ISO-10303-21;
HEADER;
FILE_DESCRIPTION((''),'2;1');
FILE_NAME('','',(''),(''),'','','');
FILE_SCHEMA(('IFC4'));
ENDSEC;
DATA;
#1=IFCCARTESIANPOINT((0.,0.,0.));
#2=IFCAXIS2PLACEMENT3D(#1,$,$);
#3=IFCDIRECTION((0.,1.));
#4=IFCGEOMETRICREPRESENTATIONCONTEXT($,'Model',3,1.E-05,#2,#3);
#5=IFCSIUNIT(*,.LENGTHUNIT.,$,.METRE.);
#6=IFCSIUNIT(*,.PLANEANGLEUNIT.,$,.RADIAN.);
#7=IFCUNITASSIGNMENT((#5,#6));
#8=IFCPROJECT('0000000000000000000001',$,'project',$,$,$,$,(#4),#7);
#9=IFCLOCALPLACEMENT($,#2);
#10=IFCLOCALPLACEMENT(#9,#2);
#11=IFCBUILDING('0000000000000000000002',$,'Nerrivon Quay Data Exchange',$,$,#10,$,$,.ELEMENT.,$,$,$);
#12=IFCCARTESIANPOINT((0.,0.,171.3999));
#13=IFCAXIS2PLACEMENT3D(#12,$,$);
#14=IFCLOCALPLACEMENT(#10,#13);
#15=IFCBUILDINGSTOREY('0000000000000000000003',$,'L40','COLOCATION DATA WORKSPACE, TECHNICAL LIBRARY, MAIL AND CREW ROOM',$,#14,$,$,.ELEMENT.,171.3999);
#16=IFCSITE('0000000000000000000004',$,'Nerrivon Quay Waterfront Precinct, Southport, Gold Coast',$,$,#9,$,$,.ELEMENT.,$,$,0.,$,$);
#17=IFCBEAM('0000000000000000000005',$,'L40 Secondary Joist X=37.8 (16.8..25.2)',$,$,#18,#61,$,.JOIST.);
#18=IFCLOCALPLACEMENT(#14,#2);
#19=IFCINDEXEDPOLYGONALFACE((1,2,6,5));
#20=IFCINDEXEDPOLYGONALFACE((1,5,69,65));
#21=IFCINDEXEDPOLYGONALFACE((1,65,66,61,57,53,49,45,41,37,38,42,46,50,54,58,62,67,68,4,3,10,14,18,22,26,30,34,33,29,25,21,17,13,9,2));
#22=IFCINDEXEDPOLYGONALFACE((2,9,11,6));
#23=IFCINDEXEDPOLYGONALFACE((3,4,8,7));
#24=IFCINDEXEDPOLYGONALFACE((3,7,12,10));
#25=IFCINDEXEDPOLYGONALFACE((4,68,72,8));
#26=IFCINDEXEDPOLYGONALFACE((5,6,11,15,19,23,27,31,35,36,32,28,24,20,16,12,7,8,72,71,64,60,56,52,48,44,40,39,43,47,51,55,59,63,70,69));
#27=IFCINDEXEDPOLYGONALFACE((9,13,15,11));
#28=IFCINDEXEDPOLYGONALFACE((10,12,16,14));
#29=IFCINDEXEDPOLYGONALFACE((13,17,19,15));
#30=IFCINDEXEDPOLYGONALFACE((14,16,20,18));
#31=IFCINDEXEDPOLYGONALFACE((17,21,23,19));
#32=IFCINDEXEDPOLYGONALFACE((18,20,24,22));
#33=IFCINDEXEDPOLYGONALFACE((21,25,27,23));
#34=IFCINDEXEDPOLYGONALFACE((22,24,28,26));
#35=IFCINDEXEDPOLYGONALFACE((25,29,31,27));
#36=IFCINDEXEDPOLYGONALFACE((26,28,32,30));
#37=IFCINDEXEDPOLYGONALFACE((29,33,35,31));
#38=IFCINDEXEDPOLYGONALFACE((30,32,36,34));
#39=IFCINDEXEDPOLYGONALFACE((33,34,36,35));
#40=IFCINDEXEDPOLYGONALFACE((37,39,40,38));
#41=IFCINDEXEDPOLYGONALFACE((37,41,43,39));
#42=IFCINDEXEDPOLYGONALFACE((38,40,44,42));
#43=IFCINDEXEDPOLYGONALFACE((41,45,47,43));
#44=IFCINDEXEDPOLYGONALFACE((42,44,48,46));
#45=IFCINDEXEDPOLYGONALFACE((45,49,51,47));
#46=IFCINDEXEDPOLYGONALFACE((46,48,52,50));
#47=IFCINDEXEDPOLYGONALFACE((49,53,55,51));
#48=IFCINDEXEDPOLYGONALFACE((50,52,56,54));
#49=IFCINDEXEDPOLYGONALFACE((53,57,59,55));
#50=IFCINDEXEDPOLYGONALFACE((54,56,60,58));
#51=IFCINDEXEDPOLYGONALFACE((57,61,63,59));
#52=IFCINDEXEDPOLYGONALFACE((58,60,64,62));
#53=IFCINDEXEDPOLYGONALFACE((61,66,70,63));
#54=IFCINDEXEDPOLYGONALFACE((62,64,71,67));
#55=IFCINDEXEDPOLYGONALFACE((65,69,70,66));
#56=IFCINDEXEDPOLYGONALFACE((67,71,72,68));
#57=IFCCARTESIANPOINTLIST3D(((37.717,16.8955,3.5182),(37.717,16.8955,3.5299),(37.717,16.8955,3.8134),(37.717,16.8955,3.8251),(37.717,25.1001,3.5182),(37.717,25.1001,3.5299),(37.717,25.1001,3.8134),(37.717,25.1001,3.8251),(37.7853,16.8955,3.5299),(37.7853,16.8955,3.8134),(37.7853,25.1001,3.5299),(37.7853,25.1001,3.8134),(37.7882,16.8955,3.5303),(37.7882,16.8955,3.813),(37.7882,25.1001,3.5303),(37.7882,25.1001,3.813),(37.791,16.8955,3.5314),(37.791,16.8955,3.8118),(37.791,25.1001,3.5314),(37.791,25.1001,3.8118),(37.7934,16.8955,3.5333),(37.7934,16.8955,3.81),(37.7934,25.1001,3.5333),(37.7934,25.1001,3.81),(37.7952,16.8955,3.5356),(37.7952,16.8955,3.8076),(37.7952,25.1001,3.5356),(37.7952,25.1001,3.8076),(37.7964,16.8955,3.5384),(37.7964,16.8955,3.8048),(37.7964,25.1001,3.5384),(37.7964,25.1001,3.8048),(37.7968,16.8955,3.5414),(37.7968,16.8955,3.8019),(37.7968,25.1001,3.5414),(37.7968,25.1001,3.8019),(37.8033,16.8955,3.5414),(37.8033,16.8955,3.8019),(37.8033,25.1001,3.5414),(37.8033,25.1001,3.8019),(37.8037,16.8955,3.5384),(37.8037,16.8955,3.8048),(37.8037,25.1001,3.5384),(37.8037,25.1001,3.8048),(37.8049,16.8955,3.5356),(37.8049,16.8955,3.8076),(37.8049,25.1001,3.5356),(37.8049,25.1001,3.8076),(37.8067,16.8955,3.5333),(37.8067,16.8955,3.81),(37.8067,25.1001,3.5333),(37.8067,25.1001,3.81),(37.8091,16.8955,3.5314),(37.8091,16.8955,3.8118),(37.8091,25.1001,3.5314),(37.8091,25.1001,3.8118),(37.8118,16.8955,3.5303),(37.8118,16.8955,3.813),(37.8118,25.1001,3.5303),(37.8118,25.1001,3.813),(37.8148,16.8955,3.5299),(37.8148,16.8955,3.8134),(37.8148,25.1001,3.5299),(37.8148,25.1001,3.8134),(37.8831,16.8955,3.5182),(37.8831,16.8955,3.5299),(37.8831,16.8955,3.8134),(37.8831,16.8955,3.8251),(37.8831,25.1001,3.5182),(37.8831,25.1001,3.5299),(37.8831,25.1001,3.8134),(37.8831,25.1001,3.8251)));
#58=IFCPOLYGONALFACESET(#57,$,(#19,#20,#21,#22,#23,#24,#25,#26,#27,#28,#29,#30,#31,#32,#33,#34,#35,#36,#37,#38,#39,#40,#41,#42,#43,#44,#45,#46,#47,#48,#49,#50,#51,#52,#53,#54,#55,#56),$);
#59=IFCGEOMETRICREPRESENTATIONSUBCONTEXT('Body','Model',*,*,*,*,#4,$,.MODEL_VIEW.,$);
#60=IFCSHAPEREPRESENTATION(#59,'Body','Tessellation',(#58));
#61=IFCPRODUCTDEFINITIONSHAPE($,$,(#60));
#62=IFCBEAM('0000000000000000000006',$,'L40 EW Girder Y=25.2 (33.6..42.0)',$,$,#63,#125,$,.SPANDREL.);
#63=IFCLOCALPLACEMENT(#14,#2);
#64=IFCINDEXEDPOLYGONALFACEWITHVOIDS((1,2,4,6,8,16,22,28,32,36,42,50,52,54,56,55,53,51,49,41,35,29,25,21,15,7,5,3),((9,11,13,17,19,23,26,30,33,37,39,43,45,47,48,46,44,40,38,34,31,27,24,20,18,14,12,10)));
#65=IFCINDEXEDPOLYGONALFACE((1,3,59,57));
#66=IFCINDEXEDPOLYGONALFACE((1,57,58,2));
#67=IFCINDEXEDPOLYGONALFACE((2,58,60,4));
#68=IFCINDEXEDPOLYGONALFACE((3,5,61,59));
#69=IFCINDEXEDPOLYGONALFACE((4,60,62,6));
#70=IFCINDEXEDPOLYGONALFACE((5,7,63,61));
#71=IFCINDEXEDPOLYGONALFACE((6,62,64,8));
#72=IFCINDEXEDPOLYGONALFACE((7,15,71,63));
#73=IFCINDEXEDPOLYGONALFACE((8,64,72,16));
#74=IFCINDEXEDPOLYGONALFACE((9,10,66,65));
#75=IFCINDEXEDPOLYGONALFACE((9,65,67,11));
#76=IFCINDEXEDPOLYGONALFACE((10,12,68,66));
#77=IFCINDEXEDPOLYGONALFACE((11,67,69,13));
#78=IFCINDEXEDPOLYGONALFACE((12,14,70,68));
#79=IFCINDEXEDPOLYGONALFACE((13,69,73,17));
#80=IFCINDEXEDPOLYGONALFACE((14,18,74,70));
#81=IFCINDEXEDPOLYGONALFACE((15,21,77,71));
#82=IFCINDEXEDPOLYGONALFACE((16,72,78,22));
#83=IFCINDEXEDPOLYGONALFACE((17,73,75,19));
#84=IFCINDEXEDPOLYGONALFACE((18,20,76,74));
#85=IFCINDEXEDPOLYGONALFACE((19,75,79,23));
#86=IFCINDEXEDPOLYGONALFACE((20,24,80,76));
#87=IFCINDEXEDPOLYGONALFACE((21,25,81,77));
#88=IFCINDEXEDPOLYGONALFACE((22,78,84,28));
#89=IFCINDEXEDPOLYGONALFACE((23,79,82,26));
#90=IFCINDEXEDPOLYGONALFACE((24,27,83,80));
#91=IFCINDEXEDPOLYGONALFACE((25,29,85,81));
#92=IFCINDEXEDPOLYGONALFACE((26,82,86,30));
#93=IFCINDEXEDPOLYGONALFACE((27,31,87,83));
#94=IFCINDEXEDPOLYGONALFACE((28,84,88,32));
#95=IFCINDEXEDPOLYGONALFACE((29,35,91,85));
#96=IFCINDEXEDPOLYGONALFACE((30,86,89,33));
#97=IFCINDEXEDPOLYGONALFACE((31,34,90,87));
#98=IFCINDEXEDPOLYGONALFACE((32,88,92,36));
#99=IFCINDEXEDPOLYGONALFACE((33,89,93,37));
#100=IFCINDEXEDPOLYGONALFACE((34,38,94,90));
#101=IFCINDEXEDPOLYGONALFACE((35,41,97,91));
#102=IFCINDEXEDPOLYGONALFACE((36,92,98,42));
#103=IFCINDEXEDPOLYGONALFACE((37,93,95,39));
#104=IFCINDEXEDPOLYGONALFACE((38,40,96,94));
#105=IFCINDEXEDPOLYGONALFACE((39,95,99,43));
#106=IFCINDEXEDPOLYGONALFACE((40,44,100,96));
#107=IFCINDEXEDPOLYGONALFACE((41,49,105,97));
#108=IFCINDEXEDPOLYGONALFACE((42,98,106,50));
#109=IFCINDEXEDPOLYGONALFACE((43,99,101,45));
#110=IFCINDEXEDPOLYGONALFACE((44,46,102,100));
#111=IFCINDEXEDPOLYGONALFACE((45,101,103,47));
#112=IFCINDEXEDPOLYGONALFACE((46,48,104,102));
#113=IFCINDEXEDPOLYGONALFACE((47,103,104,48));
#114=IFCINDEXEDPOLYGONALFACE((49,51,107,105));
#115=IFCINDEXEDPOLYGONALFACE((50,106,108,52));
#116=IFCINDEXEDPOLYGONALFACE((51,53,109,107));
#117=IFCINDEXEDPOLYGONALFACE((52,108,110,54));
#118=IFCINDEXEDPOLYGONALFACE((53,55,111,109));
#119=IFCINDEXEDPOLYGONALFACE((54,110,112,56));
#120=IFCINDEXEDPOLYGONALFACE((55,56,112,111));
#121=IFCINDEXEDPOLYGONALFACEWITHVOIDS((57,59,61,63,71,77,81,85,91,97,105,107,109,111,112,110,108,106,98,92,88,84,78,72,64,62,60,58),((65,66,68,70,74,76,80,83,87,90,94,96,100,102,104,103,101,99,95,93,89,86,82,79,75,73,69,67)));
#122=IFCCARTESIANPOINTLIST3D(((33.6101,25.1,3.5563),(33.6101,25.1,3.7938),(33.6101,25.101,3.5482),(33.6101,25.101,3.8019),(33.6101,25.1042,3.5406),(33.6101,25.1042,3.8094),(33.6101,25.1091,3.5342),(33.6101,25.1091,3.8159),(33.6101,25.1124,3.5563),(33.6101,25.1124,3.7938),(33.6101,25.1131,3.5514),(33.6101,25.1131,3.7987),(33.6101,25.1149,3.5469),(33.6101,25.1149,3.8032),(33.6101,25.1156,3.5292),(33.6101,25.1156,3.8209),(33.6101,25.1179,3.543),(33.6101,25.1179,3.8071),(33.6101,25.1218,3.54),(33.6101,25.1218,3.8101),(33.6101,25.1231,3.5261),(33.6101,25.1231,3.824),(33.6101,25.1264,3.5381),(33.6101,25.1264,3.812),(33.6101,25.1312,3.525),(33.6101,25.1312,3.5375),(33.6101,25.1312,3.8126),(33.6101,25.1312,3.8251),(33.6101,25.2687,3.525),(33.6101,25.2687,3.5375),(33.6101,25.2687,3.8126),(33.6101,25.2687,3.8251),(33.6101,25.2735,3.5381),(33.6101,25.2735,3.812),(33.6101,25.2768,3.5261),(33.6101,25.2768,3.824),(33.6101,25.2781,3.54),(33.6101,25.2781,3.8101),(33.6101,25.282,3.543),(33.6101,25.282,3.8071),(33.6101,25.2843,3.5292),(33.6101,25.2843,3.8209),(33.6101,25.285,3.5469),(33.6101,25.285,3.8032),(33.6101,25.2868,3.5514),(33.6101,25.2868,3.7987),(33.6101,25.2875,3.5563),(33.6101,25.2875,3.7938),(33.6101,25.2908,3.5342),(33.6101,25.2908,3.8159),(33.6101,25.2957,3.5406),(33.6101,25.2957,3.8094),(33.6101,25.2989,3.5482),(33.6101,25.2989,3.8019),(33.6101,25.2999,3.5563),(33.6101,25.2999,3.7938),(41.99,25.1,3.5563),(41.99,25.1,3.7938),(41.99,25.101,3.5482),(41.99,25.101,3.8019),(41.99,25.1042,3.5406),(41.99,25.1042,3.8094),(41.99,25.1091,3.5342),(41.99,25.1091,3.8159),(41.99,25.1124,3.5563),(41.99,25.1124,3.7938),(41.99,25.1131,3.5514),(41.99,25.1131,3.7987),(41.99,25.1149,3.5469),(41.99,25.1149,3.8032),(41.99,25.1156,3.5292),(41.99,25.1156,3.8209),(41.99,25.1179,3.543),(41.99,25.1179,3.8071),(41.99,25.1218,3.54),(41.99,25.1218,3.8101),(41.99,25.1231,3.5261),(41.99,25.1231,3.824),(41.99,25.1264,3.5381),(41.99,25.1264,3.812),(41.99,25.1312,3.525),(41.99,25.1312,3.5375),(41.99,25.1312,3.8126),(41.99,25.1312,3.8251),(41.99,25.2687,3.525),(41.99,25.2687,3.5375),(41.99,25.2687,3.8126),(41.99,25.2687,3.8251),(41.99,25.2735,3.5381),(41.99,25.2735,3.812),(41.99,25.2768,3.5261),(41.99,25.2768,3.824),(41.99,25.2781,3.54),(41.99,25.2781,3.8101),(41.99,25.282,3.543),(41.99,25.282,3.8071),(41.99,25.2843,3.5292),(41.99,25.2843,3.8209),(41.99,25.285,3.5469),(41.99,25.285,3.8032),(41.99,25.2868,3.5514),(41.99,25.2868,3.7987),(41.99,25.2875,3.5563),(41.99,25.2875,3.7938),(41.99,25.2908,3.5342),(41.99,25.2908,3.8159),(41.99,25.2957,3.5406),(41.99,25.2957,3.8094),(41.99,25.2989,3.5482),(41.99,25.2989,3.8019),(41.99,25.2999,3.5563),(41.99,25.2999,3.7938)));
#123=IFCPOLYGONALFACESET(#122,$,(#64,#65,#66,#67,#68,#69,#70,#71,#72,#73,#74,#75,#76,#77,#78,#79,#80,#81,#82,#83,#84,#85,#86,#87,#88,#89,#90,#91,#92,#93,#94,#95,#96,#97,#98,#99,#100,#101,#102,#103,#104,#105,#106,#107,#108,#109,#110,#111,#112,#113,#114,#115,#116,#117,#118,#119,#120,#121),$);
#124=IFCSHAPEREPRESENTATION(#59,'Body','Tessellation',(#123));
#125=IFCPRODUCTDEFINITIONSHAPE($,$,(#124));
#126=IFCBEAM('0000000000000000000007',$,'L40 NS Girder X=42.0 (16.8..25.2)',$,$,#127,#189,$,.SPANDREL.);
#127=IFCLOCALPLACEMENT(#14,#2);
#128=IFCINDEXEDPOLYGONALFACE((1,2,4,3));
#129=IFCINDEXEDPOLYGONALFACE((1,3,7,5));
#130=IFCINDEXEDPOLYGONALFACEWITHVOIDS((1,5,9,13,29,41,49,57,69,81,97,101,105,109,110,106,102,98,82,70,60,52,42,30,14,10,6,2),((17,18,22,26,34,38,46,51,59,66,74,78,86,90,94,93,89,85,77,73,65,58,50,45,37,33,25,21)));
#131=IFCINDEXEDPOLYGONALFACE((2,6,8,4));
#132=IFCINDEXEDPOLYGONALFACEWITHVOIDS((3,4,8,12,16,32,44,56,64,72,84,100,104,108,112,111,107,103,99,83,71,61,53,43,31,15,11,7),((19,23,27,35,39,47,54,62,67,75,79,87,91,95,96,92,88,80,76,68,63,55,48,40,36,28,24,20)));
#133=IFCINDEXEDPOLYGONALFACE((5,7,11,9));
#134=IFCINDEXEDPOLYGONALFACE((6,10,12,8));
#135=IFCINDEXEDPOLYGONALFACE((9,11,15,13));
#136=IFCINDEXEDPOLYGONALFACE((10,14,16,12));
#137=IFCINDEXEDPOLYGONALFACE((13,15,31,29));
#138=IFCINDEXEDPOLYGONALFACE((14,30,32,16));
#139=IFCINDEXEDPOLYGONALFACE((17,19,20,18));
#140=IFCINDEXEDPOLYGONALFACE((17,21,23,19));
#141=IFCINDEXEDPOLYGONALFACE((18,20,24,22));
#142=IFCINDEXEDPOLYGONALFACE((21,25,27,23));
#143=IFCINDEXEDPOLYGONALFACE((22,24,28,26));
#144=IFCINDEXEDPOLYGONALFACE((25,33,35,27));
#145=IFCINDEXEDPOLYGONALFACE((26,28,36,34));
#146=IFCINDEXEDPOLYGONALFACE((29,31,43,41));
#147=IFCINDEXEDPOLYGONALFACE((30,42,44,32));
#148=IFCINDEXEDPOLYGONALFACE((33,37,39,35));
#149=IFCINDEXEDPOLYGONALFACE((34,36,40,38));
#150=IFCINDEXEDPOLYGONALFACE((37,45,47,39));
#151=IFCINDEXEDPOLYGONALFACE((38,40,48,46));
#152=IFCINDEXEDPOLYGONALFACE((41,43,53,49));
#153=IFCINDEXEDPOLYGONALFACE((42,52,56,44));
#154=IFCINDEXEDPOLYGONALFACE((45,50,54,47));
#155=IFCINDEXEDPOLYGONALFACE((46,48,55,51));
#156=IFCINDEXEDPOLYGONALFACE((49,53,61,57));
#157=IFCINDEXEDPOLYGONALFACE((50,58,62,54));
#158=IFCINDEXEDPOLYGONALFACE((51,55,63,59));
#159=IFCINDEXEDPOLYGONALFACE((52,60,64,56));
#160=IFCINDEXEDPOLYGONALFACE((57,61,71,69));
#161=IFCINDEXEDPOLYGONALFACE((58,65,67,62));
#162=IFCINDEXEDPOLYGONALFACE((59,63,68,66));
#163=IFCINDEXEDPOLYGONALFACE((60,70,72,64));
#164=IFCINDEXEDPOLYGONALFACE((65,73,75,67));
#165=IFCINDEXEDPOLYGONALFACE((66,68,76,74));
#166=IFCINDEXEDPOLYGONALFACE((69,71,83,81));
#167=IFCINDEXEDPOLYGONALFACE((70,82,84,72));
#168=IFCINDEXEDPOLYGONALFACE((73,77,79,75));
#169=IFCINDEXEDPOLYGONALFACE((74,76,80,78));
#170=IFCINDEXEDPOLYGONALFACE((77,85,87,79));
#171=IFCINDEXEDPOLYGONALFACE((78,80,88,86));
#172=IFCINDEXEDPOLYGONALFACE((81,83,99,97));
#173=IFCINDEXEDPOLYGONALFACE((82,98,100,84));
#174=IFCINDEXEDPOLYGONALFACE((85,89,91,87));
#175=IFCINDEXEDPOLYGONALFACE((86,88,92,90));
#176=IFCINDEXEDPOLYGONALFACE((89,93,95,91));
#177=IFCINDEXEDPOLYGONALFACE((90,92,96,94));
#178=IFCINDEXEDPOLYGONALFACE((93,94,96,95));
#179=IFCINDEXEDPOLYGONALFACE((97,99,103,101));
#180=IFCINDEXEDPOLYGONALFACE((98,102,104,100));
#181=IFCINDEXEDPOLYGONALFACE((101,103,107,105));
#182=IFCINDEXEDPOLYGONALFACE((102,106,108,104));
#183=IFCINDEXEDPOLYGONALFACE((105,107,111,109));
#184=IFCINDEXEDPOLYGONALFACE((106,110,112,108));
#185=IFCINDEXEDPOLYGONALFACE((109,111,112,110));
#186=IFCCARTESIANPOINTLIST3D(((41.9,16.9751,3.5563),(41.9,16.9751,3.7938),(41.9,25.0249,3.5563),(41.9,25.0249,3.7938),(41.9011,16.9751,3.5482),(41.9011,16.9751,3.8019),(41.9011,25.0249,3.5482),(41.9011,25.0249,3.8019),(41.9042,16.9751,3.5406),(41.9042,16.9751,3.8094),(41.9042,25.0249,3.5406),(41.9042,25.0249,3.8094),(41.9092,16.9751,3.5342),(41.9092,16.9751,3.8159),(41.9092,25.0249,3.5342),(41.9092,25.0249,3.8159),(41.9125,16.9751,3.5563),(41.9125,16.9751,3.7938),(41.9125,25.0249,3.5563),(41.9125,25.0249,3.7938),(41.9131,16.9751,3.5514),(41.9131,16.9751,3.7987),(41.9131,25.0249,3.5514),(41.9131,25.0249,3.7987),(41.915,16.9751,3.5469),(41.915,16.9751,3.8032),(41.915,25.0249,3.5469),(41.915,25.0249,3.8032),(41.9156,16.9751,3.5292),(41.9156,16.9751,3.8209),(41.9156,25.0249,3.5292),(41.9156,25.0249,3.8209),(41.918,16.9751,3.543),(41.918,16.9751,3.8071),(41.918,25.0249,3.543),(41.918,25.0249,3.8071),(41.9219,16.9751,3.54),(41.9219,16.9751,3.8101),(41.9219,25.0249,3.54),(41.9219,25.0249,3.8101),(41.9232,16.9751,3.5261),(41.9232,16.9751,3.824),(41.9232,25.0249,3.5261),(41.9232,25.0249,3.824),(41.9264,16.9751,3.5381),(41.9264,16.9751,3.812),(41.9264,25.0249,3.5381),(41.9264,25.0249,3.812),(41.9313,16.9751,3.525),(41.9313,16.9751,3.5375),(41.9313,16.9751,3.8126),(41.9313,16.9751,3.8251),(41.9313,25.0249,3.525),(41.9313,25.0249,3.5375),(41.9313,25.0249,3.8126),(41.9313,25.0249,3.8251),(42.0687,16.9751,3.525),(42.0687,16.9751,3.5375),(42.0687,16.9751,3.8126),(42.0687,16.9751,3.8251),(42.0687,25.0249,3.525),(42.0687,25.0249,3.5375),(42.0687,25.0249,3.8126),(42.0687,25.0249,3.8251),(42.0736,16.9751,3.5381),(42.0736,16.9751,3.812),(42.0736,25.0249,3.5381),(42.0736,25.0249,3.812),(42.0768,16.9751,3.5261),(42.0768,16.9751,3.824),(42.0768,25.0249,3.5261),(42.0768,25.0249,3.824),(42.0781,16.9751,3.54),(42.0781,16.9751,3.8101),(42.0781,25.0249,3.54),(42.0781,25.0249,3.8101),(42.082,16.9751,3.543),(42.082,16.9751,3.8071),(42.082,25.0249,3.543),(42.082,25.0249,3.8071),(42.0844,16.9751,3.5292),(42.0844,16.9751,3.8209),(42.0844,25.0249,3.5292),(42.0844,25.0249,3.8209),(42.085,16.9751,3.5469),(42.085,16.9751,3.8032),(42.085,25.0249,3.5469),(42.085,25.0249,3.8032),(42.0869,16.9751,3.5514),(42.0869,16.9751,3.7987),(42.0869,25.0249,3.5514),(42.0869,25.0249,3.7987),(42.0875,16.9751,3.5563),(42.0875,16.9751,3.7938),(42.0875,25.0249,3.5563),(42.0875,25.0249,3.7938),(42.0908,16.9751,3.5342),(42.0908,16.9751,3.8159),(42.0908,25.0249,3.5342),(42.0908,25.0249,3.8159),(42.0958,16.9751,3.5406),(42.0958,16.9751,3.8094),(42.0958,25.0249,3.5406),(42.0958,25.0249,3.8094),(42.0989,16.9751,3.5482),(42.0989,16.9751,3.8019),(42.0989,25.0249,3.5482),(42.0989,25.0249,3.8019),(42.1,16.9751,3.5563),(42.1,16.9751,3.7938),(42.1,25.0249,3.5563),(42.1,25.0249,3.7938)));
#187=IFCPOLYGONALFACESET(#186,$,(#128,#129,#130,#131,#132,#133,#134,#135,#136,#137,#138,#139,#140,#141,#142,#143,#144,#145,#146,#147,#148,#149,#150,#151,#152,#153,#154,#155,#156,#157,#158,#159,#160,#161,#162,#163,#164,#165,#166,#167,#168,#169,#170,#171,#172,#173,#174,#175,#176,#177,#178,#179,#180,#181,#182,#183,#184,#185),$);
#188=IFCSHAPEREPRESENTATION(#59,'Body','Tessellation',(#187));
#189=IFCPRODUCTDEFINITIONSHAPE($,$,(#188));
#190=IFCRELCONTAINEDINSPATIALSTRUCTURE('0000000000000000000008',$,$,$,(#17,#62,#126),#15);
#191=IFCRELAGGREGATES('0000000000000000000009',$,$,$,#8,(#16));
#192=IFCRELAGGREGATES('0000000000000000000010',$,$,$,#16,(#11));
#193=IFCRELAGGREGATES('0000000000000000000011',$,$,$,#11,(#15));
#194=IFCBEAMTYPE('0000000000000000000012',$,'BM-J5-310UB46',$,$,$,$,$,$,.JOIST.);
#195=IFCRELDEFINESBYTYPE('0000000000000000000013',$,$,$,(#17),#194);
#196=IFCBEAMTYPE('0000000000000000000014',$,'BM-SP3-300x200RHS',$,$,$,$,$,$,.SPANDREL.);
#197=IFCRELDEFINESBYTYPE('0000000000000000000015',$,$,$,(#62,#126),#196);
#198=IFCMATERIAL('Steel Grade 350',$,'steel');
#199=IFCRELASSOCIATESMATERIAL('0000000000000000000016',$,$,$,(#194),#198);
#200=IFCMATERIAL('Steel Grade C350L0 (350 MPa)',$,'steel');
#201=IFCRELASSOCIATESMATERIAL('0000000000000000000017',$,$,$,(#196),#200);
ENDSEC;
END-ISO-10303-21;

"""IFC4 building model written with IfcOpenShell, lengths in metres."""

from ifc_helpers import new_model, si_unit, direction, frame, origin, origin_2d, place, context, subcontext, project, spatial, hollow_rectangle, i_section, extrude, material, material_profile, profile_set, type_object, element, save


model = new_model("IFC4")

# Units and contexts
model_context = context("Model", 3, precision=1e-05, world=origin(), true_north=direction((0.0, 1.0)))
body_context = subcontext(model_context, "Body", "Model", "MODEL_VIEW")
ifc_project = project(units=[si_unit("LENGTHUNIT", "METRE"), si_unit("PLANEANGLEUNIT", "RADIAN")], contexts=[model_context])

# Site, building, storey
site_placement = place(None, origin())
site = spatial("IfcSite", under=ifc_project, at=site_placement, Name="Nerrivon Quay Waterfront Precinct, Southport, Gold Coast", CompositionType="ELEMENT", RefElevation=0.0)
building_placement = place(site_placement, origin())
building = spatial("IfcBuilding", under=site, at=building_placement, Name="Nerrivon Quay Data Exchange", CompositionType="ELEMENT")
storey_placement = place(building_placement, frame((0.0, 0.0, 171.3999)))
storey = spatial("IfcBuildingStorey", under=building, at=storey_placement, Name="L40", Description="COLOCATION DATA WORKSPACE, TECHNICAL LIBRARY, MAIL AND CREW ROOM", CompositionType="ELEMENT", Elevation=171.3999)

# Shared definitions
ifc_material_1 = material(Name="Steel Grade 350", Category="steel")

# Beams
ifc_material_profile_1 = material_profile(ifc_material_1, i_section(OverallWidth=0.166, OverallDepth=0.3069, WebThickness=0.0066, FlangeThickness=0.0117, FilletRadius=0.0115, at=origin_2d()), Name="310UB46.2")
ifc_profile_set_1 = profile_set([ifc_material_profile_1], Name="Steel Grade 350")
beam_type_1 = type_object("IfcBeamType", Name="BM-J5-310UB46", PredefinedType="JOIST", material=ifc_profile_set_1)
beam_1_placement = place(storey_placement, frame((37.8, 16.8955, 3.6716), z_axis=(0.0, 1.0, 0.0), x_axis=(-1.0, 0.0, 0.0)))
element("IfcBeam", 1, at=beam_1_placement, inside=storey, type_object=beam_type_1, Name="L40 Secondary Joist X=37.8 (16.8..25.2)", PredefinedType="JOIST", context=body_context, shape_type="SweptSolid", body=[
    extrude(i_section(OverallWidth=0.166, OverallDepth=0.3069, WebThickness=0.0066, FlangeThickness=0.0117, FilletRadius=0.0115, at=origin_2d()), origin(), (0.0, 0.0, 1.0), 8.2046),
])
ifc_material_2 = material(Name="Steel Grade C350L0 (350 MPa)", Category="steel")
ifc_material_profile_2 = material_profile(ifc_material_2, hollow_rectangle(XDim=0.2, YDim=0.3, WallThickness=0.0125, InnerFilletRadius=0.0188, OuterFilletRadius=0.0312, at=origin_2d()), Name="300x200x12.5RHS")
ifc_profile_set_2 = profile_set([ifc_material_profile_2], Name="Steel Grade C350L0 (350 MPa)")
beam_type_2 = type_object("IfcBeamType", Name="BM-SP3-300x200RHS", PredefinedType="SPANDREL", material=ifc_profile_set_2)
beam_2_placement = place(storey_placement, frame((33.6101, 25.2, 3.675), z_axis=(1.0, 0.0, 0.0), x_axis=(0.0, 1.0, 0.0)))
element("IfcBeam", 2, at=beam_2_placement, inside=storey, type_object=beam_type_2, Name="L40 EW Girder Y=25.2 (33.6..42.0)", PredefinedType="SPANDREL", context=body_context, shape_type="SweptSolid", body=[
    extrude(hollow_rectangle(XDim=0.2, YDim=0.3, WallThickness=0.0125, InnerFilletRadius=0.0188, OuterFilletRadius=0.0312, at=origin_2d()), origin(), (0.0, 0.0, 1.0), 8.3799),
])
beam_3_placement = place(storey_placement, frame((42.0, 16.9751, 3.675), z_axis=(0.0, 1.0, 0.0), x_axis=(-1.0, 0.0, 0.0)))
element("IfcBeam", 3, at=beam_3_placement, inside=storey, type_object=beam_type_2, Name="L40 NS Girder X=42.0 (16.8..25.2)", PredefinedType="SPANDREL", context=body_context, shape_type="SweptSolid", body=[
    extrude(hollow_rectangle(XDim=0.2, YDim=0.3, WallThickness=0.0125, InnerFilletRadius=0.0188, OuterFilletRadius=0.0312, at=origin_2d()), origin(), (0.0, 0.0, 1.0), 8.0498),
])

save(model, "model.ifc")
